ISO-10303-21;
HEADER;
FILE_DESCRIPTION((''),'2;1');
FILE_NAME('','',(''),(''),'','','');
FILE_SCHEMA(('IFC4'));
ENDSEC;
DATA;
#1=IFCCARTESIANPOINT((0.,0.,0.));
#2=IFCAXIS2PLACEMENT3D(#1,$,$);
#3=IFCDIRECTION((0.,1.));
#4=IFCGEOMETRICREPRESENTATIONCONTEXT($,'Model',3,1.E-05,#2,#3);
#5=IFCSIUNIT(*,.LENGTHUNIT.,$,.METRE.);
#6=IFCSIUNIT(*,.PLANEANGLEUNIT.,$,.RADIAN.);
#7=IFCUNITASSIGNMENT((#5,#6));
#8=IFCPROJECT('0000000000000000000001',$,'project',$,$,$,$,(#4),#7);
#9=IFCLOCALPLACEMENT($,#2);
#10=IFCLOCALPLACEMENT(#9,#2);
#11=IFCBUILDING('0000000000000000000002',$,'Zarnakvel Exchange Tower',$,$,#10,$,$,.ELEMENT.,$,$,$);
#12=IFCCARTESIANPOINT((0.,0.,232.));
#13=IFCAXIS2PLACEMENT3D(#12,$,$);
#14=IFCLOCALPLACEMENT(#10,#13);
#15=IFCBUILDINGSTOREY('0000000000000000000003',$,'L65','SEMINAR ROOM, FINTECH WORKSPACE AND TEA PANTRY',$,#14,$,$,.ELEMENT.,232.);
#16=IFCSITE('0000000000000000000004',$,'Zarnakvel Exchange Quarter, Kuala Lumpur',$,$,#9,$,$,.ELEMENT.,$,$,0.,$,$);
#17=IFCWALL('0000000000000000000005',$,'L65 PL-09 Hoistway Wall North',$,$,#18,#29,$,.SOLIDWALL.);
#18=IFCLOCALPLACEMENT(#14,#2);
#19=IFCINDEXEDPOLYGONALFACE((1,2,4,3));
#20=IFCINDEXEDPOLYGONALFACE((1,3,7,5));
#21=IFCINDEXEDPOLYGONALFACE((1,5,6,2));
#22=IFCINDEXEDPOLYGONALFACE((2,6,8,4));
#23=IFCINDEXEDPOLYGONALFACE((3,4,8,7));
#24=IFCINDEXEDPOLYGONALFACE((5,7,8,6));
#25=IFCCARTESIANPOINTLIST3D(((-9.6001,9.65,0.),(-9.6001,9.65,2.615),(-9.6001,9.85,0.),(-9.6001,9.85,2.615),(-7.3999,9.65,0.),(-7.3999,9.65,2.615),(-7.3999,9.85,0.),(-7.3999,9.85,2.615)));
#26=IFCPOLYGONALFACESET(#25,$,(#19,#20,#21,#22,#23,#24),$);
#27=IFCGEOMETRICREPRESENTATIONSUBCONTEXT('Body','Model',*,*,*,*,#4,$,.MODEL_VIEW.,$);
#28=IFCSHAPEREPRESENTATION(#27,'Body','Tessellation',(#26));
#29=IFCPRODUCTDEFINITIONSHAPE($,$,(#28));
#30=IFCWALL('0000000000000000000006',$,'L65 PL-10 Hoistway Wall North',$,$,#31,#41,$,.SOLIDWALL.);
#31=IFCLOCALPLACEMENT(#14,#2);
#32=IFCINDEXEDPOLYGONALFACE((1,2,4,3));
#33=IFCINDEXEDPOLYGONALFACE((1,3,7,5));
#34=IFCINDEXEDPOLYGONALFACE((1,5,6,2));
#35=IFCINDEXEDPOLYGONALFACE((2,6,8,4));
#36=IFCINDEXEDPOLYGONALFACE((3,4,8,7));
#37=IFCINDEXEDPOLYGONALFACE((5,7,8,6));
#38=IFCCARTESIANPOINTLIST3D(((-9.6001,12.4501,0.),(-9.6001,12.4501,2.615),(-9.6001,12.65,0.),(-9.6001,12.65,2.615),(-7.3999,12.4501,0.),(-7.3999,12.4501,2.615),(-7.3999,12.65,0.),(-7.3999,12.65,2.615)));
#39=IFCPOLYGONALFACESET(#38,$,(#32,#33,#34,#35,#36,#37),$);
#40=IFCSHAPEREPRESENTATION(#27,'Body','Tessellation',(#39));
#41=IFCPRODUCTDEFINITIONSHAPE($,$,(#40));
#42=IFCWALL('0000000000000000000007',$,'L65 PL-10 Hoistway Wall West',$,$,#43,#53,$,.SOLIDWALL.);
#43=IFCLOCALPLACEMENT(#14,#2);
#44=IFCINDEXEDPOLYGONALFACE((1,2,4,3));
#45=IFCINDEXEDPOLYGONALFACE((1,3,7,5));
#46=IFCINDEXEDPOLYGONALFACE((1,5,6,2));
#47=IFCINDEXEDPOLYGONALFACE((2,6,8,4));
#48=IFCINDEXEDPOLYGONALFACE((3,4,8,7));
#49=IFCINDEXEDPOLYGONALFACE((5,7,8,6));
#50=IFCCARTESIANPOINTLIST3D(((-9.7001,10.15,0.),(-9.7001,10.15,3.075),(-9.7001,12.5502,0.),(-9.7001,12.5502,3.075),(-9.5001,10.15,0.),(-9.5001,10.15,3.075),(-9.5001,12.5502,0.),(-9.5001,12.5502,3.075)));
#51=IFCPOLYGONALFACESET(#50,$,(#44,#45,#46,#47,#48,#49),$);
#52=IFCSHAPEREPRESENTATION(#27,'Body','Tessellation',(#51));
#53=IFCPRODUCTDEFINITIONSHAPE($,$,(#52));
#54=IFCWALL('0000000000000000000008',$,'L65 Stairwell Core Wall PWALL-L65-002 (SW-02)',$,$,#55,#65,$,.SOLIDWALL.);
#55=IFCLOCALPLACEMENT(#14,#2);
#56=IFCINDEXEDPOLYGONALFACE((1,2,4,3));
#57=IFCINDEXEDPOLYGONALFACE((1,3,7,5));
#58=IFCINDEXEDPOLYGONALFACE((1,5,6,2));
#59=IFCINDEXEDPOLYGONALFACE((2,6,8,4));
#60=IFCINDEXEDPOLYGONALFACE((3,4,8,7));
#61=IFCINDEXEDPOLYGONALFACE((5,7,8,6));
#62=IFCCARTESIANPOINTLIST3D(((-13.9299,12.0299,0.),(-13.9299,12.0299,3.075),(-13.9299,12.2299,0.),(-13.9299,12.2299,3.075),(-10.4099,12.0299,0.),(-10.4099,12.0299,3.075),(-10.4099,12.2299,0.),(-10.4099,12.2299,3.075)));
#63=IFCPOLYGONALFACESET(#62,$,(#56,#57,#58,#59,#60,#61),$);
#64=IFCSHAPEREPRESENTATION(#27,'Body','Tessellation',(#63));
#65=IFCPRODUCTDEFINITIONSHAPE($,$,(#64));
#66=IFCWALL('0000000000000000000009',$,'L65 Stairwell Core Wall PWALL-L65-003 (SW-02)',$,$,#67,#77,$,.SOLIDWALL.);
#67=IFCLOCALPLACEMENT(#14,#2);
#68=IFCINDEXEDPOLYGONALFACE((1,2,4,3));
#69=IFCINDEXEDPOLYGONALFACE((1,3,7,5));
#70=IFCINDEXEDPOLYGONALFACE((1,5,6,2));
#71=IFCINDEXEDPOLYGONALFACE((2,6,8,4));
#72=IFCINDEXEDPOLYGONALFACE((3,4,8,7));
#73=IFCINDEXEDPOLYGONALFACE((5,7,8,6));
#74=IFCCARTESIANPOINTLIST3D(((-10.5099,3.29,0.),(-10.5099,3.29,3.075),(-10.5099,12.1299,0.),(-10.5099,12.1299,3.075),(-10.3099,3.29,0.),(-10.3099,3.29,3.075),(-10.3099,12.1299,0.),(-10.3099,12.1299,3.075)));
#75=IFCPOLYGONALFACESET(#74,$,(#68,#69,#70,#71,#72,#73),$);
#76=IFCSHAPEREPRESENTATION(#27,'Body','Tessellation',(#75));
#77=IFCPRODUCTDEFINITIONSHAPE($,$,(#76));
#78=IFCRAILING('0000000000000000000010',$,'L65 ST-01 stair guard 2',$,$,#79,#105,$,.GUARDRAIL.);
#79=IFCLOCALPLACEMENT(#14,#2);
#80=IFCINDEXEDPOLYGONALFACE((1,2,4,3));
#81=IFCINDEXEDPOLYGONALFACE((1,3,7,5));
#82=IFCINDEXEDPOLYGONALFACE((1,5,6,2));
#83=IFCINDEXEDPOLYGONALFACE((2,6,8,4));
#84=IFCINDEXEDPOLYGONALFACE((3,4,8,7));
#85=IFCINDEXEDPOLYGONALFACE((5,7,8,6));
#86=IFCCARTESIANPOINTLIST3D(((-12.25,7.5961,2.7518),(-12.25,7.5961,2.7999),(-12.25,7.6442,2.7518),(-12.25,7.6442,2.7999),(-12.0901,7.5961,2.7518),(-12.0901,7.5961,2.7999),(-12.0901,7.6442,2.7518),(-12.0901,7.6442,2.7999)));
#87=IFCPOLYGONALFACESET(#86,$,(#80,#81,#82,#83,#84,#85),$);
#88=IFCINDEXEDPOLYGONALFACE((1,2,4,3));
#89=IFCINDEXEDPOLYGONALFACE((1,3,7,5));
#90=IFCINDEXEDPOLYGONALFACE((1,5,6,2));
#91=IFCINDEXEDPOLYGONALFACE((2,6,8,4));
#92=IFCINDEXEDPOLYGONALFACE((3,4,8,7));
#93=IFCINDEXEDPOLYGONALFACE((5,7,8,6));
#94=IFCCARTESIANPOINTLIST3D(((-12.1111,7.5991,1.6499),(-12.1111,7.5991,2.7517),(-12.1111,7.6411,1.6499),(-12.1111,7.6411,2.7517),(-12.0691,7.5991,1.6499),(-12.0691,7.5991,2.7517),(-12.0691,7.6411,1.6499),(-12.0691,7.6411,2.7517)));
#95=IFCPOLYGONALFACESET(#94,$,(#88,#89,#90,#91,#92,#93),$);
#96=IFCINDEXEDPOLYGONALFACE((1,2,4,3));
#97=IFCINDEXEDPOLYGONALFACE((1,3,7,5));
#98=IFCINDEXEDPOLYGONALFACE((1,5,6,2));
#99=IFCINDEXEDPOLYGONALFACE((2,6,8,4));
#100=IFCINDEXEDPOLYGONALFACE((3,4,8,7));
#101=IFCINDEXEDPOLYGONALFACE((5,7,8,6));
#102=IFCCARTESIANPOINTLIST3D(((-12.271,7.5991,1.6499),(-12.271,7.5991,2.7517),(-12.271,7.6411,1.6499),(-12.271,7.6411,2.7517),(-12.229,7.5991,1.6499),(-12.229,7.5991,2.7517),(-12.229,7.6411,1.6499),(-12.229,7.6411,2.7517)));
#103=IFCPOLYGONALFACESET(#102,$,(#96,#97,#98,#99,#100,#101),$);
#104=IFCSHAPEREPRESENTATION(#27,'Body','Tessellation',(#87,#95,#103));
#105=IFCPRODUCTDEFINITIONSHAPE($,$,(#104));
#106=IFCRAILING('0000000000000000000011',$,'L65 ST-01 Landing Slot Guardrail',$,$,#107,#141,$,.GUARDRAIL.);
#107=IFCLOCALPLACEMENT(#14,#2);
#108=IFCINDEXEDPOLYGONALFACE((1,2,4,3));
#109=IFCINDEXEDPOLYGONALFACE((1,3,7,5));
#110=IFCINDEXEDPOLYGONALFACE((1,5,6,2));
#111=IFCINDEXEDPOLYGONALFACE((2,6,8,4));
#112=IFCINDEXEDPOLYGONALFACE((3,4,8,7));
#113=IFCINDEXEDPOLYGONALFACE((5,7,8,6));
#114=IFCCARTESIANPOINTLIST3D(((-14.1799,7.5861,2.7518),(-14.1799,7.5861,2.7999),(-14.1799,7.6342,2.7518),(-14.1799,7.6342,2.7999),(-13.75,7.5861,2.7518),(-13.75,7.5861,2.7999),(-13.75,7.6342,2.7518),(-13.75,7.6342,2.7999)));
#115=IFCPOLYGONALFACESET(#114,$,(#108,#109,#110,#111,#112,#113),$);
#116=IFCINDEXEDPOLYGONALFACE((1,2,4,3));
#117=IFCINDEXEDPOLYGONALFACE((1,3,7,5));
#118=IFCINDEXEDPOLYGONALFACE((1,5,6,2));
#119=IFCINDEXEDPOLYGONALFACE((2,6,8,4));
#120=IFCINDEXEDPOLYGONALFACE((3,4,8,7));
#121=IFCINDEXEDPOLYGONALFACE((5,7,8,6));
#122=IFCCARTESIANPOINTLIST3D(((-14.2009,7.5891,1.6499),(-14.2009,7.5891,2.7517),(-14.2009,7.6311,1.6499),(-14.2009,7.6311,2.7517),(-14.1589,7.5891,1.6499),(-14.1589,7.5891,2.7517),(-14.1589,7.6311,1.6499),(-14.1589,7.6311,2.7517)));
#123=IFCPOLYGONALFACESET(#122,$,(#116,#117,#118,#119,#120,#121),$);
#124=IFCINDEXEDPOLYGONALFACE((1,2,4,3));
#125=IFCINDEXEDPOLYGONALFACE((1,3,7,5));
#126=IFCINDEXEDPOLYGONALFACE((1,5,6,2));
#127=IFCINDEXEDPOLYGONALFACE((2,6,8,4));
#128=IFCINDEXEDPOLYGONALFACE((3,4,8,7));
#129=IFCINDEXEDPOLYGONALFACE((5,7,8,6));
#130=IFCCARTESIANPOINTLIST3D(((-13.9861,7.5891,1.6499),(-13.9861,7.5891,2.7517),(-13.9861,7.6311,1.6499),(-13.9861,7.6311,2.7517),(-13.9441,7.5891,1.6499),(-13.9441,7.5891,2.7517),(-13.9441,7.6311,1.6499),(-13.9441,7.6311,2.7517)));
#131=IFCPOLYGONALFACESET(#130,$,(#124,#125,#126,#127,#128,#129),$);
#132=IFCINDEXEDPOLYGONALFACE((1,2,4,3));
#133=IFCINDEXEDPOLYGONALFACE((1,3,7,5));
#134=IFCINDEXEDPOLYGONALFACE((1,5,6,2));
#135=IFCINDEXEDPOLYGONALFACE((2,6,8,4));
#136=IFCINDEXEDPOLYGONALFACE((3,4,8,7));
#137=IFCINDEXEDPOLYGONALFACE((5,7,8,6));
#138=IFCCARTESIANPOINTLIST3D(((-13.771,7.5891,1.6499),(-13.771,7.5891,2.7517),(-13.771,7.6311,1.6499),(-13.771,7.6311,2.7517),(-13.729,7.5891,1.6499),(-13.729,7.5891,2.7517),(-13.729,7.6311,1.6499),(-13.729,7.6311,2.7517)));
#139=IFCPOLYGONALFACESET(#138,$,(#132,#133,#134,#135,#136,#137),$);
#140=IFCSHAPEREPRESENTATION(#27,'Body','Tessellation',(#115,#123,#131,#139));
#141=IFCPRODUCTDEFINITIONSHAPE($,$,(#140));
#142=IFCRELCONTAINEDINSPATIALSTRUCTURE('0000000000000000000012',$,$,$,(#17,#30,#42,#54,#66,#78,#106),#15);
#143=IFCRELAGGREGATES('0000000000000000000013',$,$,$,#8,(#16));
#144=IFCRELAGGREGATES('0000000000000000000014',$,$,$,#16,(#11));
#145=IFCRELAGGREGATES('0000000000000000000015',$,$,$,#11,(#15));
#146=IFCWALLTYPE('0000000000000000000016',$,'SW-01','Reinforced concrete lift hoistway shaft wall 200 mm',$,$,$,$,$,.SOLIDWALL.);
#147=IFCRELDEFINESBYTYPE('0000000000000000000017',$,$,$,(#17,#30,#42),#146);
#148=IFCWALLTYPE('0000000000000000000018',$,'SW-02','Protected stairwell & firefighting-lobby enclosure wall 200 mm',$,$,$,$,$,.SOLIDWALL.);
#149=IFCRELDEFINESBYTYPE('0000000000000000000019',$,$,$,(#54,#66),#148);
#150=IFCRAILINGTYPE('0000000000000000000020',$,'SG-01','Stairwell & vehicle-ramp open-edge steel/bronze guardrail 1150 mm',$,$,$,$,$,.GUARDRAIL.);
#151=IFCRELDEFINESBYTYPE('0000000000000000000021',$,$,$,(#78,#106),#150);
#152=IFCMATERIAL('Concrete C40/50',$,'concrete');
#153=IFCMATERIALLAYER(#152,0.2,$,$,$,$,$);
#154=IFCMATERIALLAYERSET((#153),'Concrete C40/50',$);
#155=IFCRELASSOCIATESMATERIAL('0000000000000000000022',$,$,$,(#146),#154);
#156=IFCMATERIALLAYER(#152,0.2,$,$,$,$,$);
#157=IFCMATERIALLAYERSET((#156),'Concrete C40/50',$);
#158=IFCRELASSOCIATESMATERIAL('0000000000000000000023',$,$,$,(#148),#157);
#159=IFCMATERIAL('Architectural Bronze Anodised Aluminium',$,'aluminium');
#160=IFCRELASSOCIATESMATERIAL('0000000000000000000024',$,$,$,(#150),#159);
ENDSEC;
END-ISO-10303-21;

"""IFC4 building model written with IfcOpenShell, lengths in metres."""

from ifc_helpers import new_model, si_unit, direction, frame, frame_2d, origin, origin_2d, place, context, subcontext, project, spatial, rectangle, extrude, material, layer, layer_set, type_object, element, save


model = new_model("IFC4")

# Units and contexts
model_context = context("Model", 3, precision=1e-05, world=origin(), true_north=direction((0.0, 1.0)))
body_context = subcontext(model_context, "Body", "Model", "MODEL_VIEW")
ifc_project = project(units=[si_unit("LENGTHUNIT", "METRE"), si_unit("PLANEANGLEUNIT", "RADIAN")], contexts=[model_context])

# Site, building, storey
site_placement = place(None, origin())
site = spatial("IfcSite", under=ifc_project, at=site_placement, Name="Zarnakvel Exchange Quarter, Kuala Lumpur", CompositionType="ELEMENT", RefElevation=0.0)
building_placement = place(site_placement, origin())
building = spatial("IfcBuilding", under=site, at=building_placement, Name="Zarnakvel Exchange Tower", CompositionType="ELEMENT")
storey_placement = place(building_placement, frame((0.0, 0.0, 232.0)))
storey = spatial("IfcBuildingStorey", under=building, at=storey_placement, Name="L65", Description="SEMINAR ROOM, FINTECH WORKSPACE AND TEA PANTRY", CompositionType="ELEMENT", Elevation=232.0)

# Shared definitions
ifc_material_1 = material(Name="Architectural Bronze Anodised Aluminium", Category="aluminium")

# Walls
ifc_material_2 = material(Name="Concrete C40/50", Category="concrete")
ifc_layer_1 = layer(ifc_material_2, 0.2)
ifc_layer_set_1 = layer_set([ifc_layer_1], Name="Concrete C40/50")
wall_type_1 = type_object("IfcWallType", Name="SW-01", Description="Reinforced concrete lift hoistway shaft wall 200 mm", PredefinedType="SOLIDWALL", material=ifc_layer_set_1)
for number, where, z_axis, x_axis, name in (
    (1, (-9.6001, 9.75, 0.0), (0.0, 0.0, 1.0), (1.0, 0.0, 0.0), "L65 PL-09 Hoistway Wall North"),
    (2, (-9.6001, 12.55, 0.0), (0.0, 0.0, 1.0), (1.0, 0.0, 0.0), "L65 PL-10 Hoistway Wall North"),
):
    element("IfcWall", number, at=place(storey_placement, frame(where, z_axis=z_axis, x_axis=x_axis)), inside=storey, type_object=wall_type_1, Name=name, PredefinedType="SOLIDWALL", context=body_context, shape_type="SweptSolid", body=[
        extrude(rectangle(XDim=2.2002, YDim=0.2, at=frame_2d((1.1001, 0.0))), origin(), (0.0, 0.0, 1.0), 2.615),
    ])
wall_1_placement = place(storey_placement, frame((-9.6001, 10.1499, 0.0), z_axis=(0.0, 0.0, 1.0), x_axis=(0.0, 1.0, 0.0)))
element("IfcWall", 3, at=wall_1_placement, inside=storey, type_object=wall_type_1, Name="L65 PL-10 Hoistway Wall West", PredefinedType="SOLIDWALL", context=body_context, shape_type="SweptSolid", body=[
    extrude(rectangle(XDim=2.4001, YDim=0.2, at=frame_2d((1.2002, 0.0))), origin(), (0.0, 0.0, 1.0), 3.075),
])
ifc_layer_2 = layer(ifc_material_2, 0.2)
ifc_layer_set_2 = layer_set([ifc_layer_2], Name="Concrete C40/50")
wall_type_2 = type_object("IfcWallType", Name="SW-02", Description="Protected stairwell & firefighting-lobby enclosure wall 200 mm", PredefinedType="SOLIDWALL", material=ifc_layer_set_2)
wall_2_placement = place(storey_placement, frame((-13.9299, 12.1299, 0.0), z_axis=(0.0, 0.0, 1.0), x_axis=(1.0, 0.0, 0.0)))
element("IfcWall", 4, at=wall_2_placement, inside=storey, type_object=wall_type_2, Name="L65 Stairwell Core Wall PWALL-L65-002 (SW-02)", PredefinedType="SOLIDWALL", context=body_context, shape_type="SweptSolid", body=[
    extrude(rectangle(XDim=3.52, YDim=0.2, at=frame_2d((1.76, 0.0))), origin(), (0.0, 0.0, 1.0), 3.075),
])
wall_3_placement = place(storey_placement, frame((-10.4099, 12.1299, 0.0), z_axis=(0.0, 0.0, 1.0), x_axis=(0.0, -1.0, 0.0)))
element("IfcWall", 5, at=wall_3_placement, inside=storey, type_object=wall_type_2, Name="L65 Stairwell Core Wall PWALL-L65-003 (SW-02)", PredefinedType="SOLIDWALL", context=body_context, shape_type="SweptSolid", body=[
    extrude(rectangle(XDim=8.8398, YDim=0.2, at=frame_2d((4.4199, 0.0))), origin(), (0.0, 0.0, 1.0), 3.075),
])

# Railings
railing_type = type_object("IfcRailingType", Name="SG-01", Description="Stairwell & vehicle-ramp open-edge steel/bronze guardrail 1150 mm", PredefinedType="GUARDRAIL", material=ifc_material_1)
railing_1_placement = place(storey_placement, frame((-12.0901, 7.6201, 1.6499)))
element("IfcRailing", 6, at=railing_1_placement, inside=storey, type_object=railing_type, Name="L65 ST-01 stair guard 2", PredefinedType="GUARDRAIL", context=body_context, shape_type="SweptSolid", body=[
    extrude(rectangle(XDim=0.0481, YDim=0.0481, at=origin_2d()), frame((0.0, 0.0, 1.126), z_axis=(-1.0, 0.0, 0.0), x_axis=(0.0, -1.0, 0.0)), (0.0, 0.0, 1.0), 0.1599),
    extrude(rectangle(XDim=0.042, YDim=0.042, at=origin_2d()), origin(), (0.0, 0.0, 1.0), 1.1018),
    extrude(rectangle(XDim=0.042, YDim=0.042, at=origin_2d()), frame((-0.1599, 0.0, 0.0)), (0.0, 0.0, 1.0), 1.1018),
])
railing_2_placement = place(storey_placement, frame((-14.1799, 7.6101, 1.6499)))
element("IfcRailing", 7, at=railing_2_placement, inside=storey, type_object=railing_type, Name="L65 ST-01 Landing Slot Guardrail", PredefinedType="GUARDRAIL", context=body_context, shape_type="SweptSolid", body=[
    extrude(rectangle(XDim=0.0481, YDim=0.0481, at=origin_2d()), frame((0.0, 0.0, 1.126), z_axis=(1.0, 0.0, 0.0), x_axis=(0.0, 1.0, 0.0)), (0.0, 0.0, 1.0), 0.4299),
    extrude(rectangle(XDim=0.042, YDim=0.042, at=origin_2d()), origin(), (0.0, 0.0, 1.0), 1.1018),
    extrude(rectangle(XDim=0.042, YDim=0.042, at=origin_2d()), frame((0.2148, 0.0, 0.0)), (0.0, 0.0, 1.0), 1.1018),
    extrude(rectangle(XDim=0.042, YDim=0.042, at=origin_2d()), frame((0.4299, 0.0, 0.0)), (0.0, 0.0, 1.0), 1.1018),
])

save(model, "model.ifc")
